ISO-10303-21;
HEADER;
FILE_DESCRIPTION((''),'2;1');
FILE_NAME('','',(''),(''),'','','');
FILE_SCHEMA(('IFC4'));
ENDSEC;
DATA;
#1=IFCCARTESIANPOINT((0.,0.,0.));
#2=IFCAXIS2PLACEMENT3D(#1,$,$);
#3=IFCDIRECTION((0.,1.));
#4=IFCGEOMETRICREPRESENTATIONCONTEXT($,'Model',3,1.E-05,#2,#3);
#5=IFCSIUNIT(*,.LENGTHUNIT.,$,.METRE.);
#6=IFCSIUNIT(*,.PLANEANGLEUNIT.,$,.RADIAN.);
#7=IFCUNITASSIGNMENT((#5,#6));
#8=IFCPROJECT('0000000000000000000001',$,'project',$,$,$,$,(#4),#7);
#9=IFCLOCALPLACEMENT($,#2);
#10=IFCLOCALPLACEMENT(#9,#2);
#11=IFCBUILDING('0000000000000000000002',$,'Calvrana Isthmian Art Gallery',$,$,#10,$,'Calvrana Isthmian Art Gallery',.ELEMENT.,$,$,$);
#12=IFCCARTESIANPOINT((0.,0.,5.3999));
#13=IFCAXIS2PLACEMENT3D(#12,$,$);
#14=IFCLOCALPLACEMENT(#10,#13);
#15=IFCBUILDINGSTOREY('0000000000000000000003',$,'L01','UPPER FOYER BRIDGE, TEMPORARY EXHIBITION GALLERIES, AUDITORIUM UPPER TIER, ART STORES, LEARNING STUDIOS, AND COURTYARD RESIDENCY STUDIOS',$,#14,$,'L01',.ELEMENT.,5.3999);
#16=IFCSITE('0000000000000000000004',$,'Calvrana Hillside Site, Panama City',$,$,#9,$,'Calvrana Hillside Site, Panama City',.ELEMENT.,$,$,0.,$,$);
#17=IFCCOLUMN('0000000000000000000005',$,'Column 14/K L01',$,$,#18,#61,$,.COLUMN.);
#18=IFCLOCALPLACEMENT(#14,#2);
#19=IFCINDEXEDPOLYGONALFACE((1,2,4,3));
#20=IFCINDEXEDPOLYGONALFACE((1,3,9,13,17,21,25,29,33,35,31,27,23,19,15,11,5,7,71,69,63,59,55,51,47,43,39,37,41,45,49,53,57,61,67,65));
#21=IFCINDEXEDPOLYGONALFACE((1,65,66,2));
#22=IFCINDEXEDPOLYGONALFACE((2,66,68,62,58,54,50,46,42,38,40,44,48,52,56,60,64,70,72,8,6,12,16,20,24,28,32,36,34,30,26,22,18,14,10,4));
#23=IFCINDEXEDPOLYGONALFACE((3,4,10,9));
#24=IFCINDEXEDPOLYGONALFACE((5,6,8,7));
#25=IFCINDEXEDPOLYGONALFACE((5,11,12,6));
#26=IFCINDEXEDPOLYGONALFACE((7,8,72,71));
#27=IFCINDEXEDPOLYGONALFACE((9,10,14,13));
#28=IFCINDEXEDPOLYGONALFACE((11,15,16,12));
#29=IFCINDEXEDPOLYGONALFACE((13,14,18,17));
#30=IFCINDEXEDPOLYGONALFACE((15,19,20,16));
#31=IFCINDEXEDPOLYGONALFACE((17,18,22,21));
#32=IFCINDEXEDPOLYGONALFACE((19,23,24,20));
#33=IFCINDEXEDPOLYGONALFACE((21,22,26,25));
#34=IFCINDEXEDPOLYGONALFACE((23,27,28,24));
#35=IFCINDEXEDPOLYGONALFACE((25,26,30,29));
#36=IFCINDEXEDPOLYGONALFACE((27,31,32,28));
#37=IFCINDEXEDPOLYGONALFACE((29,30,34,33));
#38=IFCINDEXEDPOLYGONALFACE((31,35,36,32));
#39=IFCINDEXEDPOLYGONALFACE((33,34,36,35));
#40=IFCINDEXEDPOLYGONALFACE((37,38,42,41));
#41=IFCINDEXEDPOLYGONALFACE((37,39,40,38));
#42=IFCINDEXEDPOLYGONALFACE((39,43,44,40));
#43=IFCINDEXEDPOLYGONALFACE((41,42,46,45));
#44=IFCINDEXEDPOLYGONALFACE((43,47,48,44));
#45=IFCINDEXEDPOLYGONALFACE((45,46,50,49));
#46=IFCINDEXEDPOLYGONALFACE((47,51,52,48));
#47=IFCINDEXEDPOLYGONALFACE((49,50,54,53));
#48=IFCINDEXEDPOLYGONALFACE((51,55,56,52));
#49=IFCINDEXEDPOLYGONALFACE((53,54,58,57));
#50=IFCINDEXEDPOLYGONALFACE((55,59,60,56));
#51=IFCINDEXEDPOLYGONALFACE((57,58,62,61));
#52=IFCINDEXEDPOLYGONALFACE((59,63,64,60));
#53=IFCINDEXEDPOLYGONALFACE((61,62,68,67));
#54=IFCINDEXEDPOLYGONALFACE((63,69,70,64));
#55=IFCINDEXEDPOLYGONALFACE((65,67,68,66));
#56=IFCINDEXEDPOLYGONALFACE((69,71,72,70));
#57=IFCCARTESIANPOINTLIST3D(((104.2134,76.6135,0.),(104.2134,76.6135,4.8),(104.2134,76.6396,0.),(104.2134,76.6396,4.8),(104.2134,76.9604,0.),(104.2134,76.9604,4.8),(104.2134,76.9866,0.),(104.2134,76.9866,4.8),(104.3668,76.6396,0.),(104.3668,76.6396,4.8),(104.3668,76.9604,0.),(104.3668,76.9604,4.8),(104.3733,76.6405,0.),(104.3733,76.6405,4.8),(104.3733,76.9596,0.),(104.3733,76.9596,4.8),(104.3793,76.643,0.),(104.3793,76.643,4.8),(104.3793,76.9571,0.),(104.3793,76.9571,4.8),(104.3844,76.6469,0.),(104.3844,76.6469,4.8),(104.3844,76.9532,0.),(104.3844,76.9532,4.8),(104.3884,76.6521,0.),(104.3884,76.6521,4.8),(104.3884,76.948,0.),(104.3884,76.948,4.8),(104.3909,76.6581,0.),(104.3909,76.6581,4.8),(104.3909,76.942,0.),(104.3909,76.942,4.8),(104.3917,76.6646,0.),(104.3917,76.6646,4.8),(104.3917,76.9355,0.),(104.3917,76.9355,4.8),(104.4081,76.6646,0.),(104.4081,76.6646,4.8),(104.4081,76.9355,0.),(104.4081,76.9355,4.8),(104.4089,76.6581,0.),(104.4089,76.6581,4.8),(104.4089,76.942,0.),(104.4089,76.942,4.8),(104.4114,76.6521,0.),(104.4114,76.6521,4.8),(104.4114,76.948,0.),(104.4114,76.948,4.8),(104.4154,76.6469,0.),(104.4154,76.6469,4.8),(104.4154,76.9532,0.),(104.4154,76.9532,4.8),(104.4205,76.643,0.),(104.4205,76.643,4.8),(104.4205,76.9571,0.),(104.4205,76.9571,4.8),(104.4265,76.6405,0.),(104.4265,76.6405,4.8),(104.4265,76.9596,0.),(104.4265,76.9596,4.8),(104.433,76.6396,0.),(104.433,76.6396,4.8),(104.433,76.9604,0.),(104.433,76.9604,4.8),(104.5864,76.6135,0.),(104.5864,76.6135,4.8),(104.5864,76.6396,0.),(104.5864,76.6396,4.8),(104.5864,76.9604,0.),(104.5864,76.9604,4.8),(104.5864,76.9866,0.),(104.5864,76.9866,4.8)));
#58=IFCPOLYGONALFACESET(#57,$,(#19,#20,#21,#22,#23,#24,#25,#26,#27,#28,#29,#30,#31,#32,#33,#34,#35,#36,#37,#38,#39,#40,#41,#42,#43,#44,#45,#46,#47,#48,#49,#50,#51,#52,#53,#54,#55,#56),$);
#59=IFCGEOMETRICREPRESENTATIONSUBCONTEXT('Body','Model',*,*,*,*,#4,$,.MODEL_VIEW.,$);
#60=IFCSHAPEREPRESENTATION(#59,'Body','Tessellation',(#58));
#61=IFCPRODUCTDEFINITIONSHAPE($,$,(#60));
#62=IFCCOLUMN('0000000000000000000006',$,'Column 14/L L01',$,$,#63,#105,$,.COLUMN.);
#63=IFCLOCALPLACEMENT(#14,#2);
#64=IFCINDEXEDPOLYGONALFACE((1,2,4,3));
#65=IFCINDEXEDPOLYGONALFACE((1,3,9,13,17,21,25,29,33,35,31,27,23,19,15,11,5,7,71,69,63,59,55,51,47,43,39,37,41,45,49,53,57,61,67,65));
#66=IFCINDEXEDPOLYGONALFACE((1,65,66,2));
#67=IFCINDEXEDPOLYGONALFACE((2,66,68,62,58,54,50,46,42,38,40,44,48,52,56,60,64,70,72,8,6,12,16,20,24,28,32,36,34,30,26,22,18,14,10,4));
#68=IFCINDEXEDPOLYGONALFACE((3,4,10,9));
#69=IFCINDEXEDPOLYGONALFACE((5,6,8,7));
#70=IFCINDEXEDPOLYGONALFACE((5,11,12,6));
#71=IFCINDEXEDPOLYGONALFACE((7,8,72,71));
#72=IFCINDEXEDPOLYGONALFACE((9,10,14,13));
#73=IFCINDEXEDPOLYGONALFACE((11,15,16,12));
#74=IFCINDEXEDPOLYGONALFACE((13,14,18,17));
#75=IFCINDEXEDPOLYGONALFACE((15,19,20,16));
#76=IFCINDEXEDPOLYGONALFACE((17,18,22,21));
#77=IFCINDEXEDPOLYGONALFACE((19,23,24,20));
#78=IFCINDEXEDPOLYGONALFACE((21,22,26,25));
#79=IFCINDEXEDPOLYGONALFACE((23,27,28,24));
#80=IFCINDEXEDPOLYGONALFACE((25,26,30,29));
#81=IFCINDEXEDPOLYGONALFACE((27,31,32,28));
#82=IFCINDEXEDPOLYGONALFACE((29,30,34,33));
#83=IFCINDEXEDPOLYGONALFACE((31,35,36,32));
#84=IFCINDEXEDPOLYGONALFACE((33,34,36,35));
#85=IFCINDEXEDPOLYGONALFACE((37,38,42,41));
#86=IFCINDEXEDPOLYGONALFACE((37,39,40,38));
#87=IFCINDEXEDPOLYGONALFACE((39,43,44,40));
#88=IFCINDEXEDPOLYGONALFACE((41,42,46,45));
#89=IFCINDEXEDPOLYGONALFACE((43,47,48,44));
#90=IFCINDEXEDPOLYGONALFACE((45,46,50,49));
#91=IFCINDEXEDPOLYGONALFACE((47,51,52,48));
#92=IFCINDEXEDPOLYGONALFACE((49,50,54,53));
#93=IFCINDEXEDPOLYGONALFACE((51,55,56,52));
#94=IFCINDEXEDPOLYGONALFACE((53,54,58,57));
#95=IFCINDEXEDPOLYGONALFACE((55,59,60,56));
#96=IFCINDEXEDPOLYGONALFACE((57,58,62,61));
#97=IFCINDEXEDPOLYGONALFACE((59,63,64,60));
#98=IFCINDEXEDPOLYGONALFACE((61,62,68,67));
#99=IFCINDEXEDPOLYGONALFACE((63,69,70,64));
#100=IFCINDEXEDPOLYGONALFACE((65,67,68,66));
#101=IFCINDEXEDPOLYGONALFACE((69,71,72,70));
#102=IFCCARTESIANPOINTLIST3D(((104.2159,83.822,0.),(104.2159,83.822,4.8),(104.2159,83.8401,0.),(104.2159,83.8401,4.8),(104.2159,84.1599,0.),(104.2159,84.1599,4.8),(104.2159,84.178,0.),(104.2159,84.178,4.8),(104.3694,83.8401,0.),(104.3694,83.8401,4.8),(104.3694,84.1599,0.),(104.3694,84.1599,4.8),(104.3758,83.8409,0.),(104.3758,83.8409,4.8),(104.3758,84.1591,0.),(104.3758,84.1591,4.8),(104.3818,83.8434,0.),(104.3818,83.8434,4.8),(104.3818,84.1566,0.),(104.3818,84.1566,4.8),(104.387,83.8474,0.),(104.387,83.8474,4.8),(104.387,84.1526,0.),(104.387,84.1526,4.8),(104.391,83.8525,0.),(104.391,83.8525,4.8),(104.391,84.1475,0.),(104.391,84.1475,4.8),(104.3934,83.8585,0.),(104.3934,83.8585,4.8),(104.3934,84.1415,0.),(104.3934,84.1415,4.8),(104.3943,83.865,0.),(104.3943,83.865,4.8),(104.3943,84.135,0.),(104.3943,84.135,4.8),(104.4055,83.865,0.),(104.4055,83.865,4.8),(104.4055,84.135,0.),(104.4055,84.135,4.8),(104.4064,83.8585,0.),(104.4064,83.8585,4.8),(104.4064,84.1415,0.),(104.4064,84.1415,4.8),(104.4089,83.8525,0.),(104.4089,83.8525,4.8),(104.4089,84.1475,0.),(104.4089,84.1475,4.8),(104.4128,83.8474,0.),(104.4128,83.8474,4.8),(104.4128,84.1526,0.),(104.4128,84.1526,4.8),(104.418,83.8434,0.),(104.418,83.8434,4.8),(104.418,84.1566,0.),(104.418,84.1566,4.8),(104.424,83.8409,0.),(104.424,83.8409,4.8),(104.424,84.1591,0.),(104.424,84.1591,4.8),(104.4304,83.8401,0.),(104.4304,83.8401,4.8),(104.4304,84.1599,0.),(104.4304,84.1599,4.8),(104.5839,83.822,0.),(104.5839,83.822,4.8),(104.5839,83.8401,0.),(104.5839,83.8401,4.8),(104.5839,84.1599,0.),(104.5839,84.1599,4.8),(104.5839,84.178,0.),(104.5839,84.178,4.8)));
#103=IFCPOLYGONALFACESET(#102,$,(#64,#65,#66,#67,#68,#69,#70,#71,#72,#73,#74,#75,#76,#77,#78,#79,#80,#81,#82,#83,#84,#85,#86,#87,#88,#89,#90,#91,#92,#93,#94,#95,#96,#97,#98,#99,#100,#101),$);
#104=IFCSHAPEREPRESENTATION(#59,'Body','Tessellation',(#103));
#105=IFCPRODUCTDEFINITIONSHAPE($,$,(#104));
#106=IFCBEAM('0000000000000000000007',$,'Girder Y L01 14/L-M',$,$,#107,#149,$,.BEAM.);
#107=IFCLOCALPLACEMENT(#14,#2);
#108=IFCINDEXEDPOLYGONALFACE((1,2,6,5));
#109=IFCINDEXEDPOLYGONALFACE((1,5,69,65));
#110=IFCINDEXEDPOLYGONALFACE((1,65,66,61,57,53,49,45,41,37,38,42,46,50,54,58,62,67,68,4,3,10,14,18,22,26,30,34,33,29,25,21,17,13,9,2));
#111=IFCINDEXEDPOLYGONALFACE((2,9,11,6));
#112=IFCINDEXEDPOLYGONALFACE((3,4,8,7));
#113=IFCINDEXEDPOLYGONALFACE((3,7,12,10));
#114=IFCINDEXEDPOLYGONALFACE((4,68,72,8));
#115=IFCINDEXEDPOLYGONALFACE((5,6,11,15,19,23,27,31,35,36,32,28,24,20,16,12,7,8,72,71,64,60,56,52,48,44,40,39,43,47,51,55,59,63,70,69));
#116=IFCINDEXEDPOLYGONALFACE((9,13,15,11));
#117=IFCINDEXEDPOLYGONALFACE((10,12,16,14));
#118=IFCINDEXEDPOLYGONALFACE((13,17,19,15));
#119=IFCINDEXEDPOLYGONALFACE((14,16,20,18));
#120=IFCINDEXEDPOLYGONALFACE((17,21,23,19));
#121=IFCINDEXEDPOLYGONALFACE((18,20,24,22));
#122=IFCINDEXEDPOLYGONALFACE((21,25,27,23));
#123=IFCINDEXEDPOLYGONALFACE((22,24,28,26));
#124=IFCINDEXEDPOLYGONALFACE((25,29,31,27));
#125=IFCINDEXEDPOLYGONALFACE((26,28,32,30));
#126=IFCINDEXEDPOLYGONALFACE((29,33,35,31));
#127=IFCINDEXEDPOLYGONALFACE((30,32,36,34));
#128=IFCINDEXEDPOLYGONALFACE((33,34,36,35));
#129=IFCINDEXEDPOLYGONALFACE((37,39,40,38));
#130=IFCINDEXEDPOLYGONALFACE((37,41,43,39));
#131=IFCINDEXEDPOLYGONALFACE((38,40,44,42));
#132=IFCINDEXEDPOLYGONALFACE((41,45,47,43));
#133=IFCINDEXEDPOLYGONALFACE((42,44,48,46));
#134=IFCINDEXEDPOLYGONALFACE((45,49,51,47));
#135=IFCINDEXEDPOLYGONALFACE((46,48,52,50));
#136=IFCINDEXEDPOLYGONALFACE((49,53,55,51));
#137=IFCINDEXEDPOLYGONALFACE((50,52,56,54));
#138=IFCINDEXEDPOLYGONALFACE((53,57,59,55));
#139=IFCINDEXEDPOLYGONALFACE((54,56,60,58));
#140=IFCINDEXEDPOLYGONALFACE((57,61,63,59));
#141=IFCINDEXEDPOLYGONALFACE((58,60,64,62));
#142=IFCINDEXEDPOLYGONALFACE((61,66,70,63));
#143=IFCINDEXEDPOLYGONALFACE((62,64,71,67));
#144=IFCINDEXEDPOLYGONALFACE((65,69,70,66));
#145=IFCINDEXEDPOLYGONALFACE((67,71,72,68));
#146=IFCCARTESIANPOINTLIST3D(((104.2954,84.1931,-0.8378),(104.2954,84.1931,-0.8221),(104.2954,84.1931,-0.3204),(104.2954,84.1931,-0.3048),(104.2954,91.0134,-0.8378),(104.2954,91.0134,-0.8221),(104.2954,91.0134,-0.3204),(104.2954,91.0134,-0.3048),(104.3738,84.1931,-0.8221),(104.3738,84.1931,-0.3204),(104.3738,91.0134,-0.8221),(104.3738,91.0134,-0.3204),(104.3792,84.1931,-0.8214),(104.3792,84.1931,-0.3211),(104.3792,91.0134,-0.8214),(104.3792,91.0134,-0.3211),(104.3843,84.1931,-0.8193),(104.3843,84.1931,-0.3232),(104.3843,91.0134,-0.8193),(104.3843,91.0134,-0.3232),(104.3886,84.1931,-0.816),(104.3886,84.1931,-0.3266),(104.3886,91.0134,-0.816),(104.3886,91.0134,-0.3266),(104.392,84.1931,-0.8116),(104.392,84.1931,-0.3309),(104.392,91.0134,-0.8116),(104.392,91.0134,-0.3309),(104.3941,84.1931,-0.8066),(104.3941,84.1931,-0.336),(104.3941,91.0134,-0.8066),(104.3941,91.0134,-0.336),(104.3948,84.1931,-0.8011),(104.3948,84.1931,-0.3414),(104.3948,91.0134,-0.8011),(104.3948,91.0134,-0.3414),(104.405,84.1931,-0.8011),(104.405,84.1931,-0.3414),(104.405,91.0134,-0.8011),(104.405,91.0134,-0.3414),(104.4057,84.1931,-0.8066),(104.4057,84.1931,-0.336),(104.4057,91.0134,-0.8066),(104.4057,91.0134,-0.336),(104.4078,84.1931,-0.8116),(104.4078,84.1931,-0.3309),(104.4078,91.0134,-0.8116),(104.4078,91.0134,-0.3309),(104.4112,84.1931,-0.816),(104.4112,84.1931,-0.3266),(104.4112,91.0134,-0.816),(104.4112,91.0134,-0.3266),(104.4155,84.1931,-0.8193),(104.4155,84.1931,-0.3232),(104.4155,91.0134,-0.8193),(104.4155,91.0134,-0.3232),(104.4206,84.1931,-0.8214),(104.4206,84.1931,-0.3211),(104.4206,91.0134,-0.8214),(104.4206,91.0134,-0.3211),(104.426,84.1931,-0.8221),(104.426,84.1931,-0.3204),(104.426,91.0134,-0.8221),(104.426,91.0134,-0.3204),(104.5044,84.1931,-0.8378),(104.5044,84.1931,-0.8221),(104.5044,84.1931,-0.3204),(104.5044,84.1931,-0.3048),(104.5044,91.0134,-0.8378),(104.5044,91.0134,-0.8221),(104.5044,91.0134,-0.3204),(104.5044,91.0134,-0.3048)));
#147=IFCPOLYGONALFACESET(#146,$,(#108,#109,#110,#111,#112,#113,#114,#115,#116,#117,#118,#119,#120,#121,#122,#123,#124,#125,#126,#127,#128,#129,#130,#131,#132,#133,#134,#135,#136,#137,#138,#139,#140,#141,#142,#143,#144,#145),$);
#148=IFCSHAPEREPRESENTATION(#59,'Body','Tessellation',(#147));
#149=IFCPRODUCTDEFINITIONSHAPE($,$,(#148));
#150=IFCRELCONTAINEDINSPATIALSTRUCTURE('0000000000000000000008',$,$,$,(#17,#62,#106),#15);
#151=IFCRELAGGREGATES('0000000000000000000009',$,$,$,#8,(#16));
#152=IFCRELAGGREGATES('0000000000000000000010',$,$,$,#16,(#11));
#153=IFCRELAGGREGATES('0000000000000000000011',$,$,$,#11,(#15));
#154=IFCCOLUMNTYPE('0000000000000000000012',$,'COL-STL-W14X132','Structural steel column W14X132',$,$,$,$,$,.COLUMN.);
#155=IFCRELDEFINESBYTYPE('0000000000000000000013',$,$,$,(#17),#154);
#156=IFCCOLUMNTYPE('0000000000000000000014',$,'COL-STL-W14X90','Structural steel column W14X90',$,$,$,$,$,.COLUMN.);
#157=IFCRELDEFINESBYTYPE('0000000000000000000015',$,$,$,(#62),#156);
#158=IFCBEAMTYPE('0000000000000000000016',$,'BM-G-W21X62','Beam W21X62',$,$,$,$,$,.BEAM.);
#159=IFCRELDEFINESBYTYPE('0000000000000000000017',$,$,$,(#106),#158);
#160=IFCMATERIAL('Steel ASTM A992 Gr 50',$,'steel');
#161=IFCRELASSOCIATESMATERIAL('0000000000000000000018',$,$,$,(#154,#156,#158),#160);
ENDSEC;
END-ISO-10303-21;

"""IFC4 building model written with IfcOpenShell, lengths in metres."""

from ifc_helpers import new_model, si_unit, direction, frame, origin, origin_2d, place, context, subcontext, project, spatial, i_section, extrude, material, material_profile, profile_set, type_object, element, save


model = new_model("IFC4")

# Units and contexts
model_context = context("Model", 3, precision=1e-05, world=origin(), true_north=direction((0.0, 1.0)))
body_context = subcontext(model_context, "Body", "Model", "MODEL_VIEW")
ifc_project = project(units=[si_unit("LENGTHUNIT", "METRE"), si_unit("PLANEANGLEUNIT", "RADIAN")], contexts=[model_context])

# Site, building, storey
site_placement = place(None, origin())
site = spatial("IfcSite", under=ifc_project, at=site_placement, Name="Calvrana Hillside Site, Panama City", LongName="Calvrana Hillside Site, Panama City", CompositionType="ELEMENT", RefElevation=0.0)
building_placement = place(site_placement, origin())
building = spatial("IfcBuilding", under=site, at=building_placement, Name="Calvrana Isthmian Art Gallery", LongName="Calvrana Isthmian Art Gallery", CompositionType="ELEMENT")
storey_placement = place(building_placement, frame((0.0, 0.0, 5.3999)))
storey = spatial("IfcBuildingStorey", under=building, at=storey_placement, Name="L01", Description="UPPER FOYER BRIDGE, TEMPORARY EXHIBITION GALLERIES, AUDITORIUM UPPER TIER, ART STORES, LEARNING STUDIOS, AND COURTYARD RESIDENCY STUDIOS", LongName="L01", CompositionType="ELEMENT", Elevation=5.3999)

# Columns
ifc_material_1 = material(Name="Steel ASTM A992 Gr 50", Category="steel")
ifc_material_profile_1 = material_profile(ifc_material_1, i_section(OverallWidth=0.373, OverallDepth=0.373, WebThickness=0.0164, FlangeThickness=0.0261, FilletRadius=0.0249, at=origin_2d()), Name="W14X132")
ifc_profile_set_1 = profile_set([ifc_material_profile_1], Name="Steel ASTM A992 Gr 50")
column_type_1 = type_object("IfcColumnType", Name="COL-STL-W14X132", Description="Structural steel column W14X132", PredefinedType="COLUMN", material=ifc_profile_set_1)
column_1_placement = place(storey_placement, frame((104.3999, 76.8, 0.0), z_axis=(0.0, 0.0, 1.0), x_axis=(1.0, 0.0, 0.0)))
element("IfcColumn", 1, at=column_1_placement, inside=storey, type_object=column_type_1, Name="Column 14/K L01", PredefinedType="COLUMN", context=body_context, shape_type="SweptSolid", body=[
    extrude(i_section(OverallWidth=0.373, OverallDepth=0.373, WebThickness=0.0164, FlangeThickness=0.0261, FilletRadius=0.0249, at=origin_2d()), origin(), (0.0, 0.0, 1.0), 4.8),
])
ifc_material_profile_2 = material_profile(ifc_material_1, i_section(OverallWidth=0.3679, OverallDepth=0.356, WebThickness=0.0112, FlangeThickness=0.0181, FilletRadius=0.0249, at=origin_2d()), Name="W14X90")
ifc_profile_set_2 = profile_set([ifc_material_profile_2], Name="Steel ASTM A992 Gr 50")
column_type_2 = type_object("IfcColumnType", Name="COL-STL-W14X90", Description="Structural steel column W14X90", PredefinedType="COLUMN", material=ifc_profile_set_2)
column_2_placement = place(storey_placement, frame((104.3999, 84.0, 0.0), z_axis=(0.0, 0.0, 1.0), x_axis=(1.0, 0.0, 0.0)))
element("IfcColumn", 2, at=column_2_placement, inside=storey, type_object=column_type_2, Name="Column 14/L L01", PredefinedType="COLUMN", context=body_context, shape_type="SweptSolid", body=[
    extrude(i_section(OverallWidth=0.3679, OverallDepth=0.356, WebThickness=0.0112, FlangeThickness=0.0181, FilletRadius=0.0249, at=origin_2d()), origin(), (0.0, 0.0, 1.0), 4.8),
])

# Beam
ifc_material_profile_3 = material_profile(ifc_material_1, i_section(OverallWidth=0.209, OverallDepth=0.533, WebThickness=0.0103, FlangeThickness=0.0156, FilletRadius=0.021, at=origin_2d()), Name="W21X62")
ifc_profile_set_3 = profile_set([ifc_material_profile_3], Name="Steel ASTM A992 Gr 50")
beam_type_1 = type_object("IfcBeamType", Name="BM-G-W21X62", Description="Beam W21X62", PredefinedType="BEAM", material=ifc_profile_set_3)
beam_1_placement = place(storey_placement, frame((104.3999, 84.1931, -0.5713), z_axis=(0.0, 1.0, 0.0), x_axis=(-1.0, 0.0, 0.0)))
element("IfcBeam", 3, at=beam_1_placement, inside=storey, type_object=beam_type_1, Name="Girder Y L01 14/L-M", PredefinedType="BEAM", context=body_context, shape_type="SweptSolid", body=[
    extrude(i_section(OverallWidth=0.209, OverallDepth=0.533, WebThickness=0.0103, FlangeThickness=0.0156, FilletRadius=0.021, at=origin_2d()), origin(), (0.0, 0.0, 1.0), 6.8203),
])

save(model, "model.ifc")
